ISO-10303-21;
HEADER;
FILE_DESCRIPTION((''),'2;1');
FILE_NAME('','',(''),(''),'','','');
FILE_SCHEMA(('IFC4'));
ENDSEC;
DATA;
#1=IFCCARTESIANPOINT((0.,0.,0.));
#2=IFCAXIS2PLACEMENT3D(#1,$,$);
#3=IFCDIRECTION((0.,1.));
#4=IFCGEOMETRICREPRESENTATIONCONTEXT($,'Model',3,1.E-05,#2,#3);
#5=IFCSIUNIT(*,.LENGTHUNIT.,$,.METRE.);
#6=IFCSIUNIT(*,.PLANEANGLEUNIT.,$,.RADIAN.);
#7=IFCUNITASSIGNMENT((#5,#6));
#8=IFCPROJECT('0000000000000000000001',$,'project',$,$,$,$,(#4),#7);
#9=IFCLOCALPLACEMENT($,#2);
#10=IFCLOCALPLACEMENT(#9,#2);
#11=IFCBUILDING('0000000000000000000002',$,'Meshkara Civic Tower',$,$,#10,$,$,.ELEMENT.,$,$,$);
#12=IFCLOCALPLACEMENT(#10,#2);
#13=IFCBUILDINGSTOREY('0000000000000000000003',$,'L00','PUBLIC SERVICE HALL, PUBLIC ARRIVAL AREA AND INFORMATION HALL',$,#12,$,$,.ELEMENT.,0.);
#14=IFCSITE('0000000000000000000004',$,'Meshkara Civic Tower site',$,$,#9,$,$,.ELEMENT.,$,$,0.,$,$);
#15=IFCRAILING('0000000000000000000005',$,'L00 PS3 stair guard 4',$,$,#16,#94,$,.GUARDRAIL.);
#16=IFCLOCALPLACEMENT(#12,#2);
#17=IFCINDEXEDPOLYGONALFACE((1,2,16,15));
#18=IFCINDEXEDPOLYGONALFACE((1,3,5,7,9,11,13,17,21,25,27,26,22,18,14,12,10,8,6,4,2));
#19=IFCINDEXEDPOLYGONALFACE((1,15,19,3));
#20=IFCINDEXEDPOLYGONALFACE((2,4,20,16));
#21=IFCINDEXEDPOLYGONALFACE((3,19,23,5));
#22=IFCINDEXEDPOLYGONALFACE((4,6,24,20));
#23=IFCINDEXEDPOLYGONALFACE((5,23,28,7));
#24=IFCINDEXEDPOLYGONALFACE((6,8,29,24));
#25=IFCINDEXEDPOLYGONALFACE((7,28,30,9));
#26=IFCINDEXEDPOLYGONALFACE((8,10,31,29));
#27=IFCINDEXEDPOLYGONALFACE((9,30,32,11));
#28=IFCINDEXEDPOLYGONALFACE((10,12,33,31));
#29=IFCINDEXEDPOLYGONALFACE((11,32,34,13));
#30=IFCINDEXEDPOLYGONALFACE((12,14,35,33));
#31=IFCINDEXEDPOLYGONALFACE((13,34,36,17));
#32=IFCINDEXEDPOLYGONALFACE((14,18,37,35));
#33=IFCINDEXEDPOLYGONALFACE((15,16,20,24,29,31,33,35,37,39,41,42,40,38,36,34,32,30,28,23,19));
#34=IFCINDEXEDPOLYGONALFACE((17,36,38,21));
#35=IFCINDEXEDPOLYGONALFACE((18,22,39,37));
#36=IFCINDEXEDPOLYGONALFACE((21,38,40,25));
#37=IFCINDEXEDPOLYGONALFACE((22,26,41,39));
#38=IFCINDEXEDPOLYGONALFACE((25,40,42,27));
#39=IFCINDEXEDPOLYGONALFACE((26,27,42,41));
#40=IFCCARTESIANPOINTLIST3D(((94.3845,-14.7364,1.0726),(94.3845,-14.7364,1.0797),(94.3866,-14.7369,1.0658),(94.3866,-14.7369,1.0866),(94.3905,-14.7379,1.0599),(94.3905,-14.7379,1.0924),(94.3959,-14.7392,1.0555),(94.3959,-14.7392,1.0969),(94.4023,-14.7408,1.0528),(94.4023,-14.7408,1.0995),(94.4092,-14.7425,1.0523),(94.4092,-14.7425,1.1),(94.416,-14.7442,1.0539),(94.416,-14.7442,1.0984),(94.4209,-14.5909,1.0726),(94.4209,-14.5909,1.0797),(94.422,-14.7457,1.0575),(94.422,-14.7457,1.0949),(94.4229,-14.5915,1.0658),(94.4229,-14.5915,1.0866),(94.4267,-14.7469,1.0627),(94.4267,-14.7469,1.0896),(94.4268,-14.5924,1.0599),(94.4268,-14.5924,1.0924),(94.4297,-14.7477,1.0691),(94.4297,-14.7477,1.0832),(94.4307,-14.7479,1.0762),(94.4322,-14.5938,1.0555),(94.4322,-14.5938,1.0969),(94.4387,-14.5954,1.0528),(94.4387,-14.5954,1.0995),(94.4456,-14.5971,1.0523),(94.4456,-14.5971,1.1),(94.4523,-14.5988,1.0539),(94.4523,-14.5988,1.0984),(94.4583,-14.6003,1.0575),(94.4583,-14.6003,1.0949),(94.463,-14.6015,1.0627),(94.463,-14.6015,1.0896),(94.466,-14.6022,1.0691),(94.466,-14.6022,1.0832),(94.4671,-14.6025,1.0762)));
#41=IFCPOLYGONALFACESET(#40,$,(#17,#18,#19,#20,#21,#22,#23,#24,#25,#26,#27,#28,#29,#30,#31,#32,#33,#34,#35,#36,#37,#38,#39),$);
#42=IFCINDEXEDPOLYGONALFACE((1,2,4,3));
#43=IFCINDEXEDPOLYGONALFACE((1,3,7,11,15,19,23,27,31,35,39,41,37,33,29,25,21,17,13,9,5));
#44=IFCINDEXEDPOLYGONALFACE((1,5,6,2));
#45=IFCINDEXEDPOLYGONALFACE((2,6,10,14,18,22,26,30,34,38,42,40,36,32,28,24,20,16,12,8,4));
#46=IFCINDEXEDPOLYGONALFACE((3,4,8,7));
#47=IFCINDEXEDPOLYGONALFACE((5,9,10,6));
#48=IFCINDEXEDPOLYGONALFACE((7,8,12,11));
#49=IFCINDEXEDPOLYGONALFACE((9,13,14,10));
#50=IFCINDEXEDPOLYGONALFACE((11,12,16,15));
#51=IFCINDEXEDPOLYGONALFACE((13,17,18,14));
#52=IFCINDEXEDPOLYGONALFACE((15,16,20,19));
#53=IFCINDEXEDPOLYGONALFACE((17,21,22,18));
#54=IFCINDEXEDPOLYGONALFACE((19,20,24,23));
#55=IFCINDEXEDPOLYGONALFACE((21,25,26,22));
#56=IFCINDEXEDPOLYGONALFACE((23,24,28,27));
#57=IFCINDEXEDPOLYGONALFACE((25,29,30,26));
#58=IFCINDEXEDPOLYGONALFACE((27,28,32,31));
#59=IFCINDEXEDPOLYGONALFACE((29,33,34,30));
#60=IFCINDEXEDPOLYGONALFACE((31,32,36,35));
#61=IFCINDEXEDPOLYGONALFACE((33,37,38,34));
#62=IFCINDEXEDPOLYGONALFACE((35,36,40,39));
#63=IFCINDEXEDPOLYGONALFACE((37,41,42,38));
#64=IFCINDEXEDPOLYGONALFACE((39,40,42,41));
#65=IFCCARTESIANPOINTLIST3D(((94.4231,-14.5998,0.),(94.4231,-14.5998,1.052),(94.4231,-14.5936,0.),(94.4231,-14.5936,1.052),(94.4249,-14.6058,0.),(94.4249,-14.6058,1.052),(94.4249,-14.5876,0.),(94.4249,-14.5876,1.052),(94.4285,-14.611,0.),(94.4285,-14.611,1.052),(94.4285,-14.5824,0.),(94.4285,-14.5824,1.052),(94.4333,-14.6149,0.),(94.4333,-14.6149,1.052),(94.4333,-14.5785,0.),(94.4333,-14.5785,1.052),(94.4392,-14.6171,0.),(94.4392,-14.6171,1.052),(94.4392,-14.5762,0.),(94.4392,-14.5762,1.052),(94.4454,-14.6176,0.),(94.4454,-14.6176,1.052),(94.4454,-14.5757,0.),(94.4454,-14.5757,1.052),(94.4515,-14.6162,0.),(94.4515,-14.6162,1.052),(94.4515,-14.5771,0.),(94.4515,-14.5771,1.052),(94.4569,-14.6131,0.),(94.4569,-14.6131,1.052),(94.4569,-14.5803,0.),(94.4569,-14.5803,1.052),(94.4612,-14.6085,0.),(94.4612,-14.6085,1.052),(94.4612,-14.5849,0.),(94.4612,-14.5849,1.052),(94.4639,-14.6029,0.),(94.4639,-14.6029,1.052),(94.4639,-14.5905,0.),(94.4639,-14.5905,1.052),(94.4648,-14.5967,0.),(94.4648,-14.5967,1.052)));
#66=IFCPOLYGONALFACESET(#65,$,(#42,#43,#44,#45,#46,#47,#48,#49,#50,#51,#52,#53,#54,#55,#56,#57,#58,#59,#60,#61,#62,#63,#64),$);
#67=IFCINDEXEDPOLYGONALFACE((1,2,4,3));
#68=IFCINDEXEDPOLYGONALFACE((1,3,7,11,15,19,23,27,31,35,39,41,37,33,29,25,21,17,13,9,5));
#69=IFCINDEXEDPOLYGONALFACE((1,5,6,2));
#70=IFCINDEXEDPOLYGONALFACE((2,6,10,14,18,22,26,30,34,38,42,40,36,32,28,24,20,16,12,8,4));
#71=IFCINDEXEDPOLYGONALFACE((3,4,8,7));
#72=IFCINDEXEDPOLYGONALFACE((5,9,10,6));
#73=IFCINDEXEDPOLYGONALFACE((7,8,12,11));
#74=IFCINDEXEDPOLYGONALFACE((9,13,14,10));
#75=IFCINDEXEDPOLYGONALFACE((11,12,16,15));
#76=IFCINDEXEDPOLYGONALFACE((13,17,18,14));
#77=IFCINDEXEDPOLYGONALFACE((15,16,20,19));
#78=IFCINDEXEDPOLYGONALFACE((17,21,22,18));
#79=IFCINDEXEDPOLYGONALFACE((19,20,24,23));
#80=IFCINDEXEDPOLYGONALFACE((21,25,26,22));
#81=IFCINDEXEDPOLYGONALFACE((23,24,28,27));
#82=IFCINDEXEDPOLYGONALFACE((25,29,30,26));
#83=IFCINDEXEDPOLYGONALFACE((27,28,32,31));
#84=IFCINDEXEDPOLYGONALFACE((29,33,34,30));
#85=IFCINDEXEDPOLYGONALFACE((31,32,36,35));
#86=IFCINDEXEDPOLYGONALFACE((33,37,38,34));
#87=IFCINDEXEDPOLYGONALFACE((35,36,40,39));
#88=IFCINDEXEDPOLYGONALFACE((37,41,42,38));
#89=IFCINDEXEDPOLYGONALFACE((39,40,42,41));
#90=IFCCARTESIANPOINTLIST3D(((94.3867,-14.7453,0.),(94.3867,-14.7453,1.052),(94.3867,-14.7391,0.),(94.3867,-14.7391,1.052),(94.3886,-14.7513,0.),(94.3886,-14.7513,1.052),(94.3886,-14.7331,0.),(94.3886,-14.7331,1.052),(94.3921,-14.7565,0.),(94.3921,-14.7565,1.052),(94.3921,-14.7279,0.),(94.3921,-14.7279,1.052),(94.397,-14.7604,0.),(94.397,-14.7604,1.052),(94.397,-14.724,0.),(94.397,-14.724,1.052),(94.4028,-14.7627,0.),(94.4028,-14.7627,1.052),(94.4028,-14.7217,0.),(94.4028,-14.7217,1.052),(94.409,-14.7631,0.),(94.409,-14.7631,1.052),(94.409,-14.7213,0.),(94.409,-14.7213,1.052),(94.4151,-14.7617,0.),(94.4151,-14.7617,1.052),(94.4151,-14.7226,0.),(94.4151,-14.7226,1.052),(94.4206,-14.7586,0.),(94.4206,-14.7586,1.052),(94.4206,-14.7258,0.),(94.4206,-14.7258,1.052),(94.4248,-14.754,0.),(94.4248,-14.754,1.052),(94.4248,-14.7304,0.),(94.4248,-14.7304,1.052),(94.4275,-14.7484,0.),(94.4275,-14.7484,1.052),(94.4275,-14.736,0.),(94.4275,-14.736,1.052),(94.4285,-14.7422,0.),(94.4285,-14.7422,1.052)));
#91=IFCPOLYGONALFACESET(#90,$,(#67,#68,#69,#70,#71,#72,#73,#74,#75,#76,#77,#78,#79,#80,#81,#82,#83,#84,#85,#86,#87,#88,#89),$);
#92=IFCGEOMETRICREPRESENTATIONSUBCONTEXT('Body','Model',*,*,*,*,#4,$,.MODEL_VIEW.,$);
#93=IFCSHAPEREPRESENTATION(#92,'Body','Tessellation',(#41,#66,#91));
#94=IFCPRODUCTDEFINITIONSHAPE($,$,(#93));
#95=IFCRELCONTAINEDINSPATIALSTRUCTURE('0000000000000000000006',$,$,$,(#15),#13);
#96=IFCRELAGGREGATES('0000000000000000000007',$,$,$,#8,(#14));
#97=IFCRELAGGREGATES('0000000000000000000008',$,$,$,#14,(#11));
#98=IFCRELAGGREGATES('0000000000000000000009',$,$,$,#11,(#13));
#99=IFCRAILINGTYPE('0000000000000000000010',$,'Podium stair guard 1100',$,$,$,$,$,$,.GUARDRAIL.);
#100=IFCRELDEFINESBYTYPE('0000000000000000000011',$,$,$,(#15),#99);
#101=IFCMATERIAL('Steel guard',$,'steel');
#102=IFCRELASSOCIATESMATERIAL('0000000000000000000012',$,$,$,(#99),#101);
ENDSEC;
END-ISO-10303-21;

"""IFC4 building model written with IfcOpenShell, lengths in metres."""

from ifc_helpers import new_model, si_unit, direction, frame, origin, origin_2d, place, context, subcontext, project, spatial, circle, extrude, material, type_object, element, save


model = new_model("IFC4")

# Units and contexts
model_context = context("Model", 3, precision=1e-05, world=origin(), true_north=direction((0.0, 1.0)))
body_context = subcontext(model_context, "Body", "Model", "MODEL_VIEW")
ifc_project = project(units=[si_unit("LENGTHUNIT", "METRE"), si_unit("PLANEANGLEUNIT", "RADIAN")], contexts=[model_context])

# Site, building, storey
site_placement = place(None, origin())
site = spatial("IfcSite", under=ifc_project, at=site_placement, Name="Meshkara Civic Tower site", CompositionType="ELEMENT", RefElevation=0.0)
building_placement = place(site_placement, origin())
building = spatial("IfcBuilding", under=site, at=building_placement, Name="Meshkara Civic Tower", CompositionType="ELEMENT")
storey_placement = place(building_placement, origin())
storey = spatial("IfcBuildingStorey", under=building, at=storey_placement, Name="L00", Description="PUBLIC SERVICE HALL, PUBLIC ARRIVAL AREA AND INFORMATION HALL", CompositionType="ELEMENT", Elevation=0.0)

# Railing
ifc_material_1 = material(Name="Steel guard", Category="steel")
railing_type_1 = type_object("IfcRailingType", Name="Podium stair guard 1100", PredefinedType="GUARDRAIL", material=ifc_material_1)
railing_1_placement = place(storey_placement, frame((94.4438, -14.5967, 0.0)))
element("IfcRailing", 1, at=railing_1_placement, inside=storey, type_object=railing_type_1, Name="L00 PS3 stair guard 4", PredefinedType="GUARDRAIL", context=body_context, shape_type="SweptSolid", body=[
    extrude(circle(Radius=0.0239, at=origin_2d()), frame((0.0, 0.0, 1.0762), z_axis=(-0.242536, -0.970143, 0.0), x_axis=(0.970143, -0.242536, 0.0)), (0.0, 0.0, 1.0), 0.1499),
    extrude(circle(Radius=0.021, at=origin_2d()), origin(), (0.0, 0.0, 1.0), 1.052),
    extrude(circle(Radius=0.021, at=origin_2d()), frame((-0.0364, -0.1455, 0.0)), (0.0, 0.0, 1.0), 1.052),
])

save(model, "model.ifc")
